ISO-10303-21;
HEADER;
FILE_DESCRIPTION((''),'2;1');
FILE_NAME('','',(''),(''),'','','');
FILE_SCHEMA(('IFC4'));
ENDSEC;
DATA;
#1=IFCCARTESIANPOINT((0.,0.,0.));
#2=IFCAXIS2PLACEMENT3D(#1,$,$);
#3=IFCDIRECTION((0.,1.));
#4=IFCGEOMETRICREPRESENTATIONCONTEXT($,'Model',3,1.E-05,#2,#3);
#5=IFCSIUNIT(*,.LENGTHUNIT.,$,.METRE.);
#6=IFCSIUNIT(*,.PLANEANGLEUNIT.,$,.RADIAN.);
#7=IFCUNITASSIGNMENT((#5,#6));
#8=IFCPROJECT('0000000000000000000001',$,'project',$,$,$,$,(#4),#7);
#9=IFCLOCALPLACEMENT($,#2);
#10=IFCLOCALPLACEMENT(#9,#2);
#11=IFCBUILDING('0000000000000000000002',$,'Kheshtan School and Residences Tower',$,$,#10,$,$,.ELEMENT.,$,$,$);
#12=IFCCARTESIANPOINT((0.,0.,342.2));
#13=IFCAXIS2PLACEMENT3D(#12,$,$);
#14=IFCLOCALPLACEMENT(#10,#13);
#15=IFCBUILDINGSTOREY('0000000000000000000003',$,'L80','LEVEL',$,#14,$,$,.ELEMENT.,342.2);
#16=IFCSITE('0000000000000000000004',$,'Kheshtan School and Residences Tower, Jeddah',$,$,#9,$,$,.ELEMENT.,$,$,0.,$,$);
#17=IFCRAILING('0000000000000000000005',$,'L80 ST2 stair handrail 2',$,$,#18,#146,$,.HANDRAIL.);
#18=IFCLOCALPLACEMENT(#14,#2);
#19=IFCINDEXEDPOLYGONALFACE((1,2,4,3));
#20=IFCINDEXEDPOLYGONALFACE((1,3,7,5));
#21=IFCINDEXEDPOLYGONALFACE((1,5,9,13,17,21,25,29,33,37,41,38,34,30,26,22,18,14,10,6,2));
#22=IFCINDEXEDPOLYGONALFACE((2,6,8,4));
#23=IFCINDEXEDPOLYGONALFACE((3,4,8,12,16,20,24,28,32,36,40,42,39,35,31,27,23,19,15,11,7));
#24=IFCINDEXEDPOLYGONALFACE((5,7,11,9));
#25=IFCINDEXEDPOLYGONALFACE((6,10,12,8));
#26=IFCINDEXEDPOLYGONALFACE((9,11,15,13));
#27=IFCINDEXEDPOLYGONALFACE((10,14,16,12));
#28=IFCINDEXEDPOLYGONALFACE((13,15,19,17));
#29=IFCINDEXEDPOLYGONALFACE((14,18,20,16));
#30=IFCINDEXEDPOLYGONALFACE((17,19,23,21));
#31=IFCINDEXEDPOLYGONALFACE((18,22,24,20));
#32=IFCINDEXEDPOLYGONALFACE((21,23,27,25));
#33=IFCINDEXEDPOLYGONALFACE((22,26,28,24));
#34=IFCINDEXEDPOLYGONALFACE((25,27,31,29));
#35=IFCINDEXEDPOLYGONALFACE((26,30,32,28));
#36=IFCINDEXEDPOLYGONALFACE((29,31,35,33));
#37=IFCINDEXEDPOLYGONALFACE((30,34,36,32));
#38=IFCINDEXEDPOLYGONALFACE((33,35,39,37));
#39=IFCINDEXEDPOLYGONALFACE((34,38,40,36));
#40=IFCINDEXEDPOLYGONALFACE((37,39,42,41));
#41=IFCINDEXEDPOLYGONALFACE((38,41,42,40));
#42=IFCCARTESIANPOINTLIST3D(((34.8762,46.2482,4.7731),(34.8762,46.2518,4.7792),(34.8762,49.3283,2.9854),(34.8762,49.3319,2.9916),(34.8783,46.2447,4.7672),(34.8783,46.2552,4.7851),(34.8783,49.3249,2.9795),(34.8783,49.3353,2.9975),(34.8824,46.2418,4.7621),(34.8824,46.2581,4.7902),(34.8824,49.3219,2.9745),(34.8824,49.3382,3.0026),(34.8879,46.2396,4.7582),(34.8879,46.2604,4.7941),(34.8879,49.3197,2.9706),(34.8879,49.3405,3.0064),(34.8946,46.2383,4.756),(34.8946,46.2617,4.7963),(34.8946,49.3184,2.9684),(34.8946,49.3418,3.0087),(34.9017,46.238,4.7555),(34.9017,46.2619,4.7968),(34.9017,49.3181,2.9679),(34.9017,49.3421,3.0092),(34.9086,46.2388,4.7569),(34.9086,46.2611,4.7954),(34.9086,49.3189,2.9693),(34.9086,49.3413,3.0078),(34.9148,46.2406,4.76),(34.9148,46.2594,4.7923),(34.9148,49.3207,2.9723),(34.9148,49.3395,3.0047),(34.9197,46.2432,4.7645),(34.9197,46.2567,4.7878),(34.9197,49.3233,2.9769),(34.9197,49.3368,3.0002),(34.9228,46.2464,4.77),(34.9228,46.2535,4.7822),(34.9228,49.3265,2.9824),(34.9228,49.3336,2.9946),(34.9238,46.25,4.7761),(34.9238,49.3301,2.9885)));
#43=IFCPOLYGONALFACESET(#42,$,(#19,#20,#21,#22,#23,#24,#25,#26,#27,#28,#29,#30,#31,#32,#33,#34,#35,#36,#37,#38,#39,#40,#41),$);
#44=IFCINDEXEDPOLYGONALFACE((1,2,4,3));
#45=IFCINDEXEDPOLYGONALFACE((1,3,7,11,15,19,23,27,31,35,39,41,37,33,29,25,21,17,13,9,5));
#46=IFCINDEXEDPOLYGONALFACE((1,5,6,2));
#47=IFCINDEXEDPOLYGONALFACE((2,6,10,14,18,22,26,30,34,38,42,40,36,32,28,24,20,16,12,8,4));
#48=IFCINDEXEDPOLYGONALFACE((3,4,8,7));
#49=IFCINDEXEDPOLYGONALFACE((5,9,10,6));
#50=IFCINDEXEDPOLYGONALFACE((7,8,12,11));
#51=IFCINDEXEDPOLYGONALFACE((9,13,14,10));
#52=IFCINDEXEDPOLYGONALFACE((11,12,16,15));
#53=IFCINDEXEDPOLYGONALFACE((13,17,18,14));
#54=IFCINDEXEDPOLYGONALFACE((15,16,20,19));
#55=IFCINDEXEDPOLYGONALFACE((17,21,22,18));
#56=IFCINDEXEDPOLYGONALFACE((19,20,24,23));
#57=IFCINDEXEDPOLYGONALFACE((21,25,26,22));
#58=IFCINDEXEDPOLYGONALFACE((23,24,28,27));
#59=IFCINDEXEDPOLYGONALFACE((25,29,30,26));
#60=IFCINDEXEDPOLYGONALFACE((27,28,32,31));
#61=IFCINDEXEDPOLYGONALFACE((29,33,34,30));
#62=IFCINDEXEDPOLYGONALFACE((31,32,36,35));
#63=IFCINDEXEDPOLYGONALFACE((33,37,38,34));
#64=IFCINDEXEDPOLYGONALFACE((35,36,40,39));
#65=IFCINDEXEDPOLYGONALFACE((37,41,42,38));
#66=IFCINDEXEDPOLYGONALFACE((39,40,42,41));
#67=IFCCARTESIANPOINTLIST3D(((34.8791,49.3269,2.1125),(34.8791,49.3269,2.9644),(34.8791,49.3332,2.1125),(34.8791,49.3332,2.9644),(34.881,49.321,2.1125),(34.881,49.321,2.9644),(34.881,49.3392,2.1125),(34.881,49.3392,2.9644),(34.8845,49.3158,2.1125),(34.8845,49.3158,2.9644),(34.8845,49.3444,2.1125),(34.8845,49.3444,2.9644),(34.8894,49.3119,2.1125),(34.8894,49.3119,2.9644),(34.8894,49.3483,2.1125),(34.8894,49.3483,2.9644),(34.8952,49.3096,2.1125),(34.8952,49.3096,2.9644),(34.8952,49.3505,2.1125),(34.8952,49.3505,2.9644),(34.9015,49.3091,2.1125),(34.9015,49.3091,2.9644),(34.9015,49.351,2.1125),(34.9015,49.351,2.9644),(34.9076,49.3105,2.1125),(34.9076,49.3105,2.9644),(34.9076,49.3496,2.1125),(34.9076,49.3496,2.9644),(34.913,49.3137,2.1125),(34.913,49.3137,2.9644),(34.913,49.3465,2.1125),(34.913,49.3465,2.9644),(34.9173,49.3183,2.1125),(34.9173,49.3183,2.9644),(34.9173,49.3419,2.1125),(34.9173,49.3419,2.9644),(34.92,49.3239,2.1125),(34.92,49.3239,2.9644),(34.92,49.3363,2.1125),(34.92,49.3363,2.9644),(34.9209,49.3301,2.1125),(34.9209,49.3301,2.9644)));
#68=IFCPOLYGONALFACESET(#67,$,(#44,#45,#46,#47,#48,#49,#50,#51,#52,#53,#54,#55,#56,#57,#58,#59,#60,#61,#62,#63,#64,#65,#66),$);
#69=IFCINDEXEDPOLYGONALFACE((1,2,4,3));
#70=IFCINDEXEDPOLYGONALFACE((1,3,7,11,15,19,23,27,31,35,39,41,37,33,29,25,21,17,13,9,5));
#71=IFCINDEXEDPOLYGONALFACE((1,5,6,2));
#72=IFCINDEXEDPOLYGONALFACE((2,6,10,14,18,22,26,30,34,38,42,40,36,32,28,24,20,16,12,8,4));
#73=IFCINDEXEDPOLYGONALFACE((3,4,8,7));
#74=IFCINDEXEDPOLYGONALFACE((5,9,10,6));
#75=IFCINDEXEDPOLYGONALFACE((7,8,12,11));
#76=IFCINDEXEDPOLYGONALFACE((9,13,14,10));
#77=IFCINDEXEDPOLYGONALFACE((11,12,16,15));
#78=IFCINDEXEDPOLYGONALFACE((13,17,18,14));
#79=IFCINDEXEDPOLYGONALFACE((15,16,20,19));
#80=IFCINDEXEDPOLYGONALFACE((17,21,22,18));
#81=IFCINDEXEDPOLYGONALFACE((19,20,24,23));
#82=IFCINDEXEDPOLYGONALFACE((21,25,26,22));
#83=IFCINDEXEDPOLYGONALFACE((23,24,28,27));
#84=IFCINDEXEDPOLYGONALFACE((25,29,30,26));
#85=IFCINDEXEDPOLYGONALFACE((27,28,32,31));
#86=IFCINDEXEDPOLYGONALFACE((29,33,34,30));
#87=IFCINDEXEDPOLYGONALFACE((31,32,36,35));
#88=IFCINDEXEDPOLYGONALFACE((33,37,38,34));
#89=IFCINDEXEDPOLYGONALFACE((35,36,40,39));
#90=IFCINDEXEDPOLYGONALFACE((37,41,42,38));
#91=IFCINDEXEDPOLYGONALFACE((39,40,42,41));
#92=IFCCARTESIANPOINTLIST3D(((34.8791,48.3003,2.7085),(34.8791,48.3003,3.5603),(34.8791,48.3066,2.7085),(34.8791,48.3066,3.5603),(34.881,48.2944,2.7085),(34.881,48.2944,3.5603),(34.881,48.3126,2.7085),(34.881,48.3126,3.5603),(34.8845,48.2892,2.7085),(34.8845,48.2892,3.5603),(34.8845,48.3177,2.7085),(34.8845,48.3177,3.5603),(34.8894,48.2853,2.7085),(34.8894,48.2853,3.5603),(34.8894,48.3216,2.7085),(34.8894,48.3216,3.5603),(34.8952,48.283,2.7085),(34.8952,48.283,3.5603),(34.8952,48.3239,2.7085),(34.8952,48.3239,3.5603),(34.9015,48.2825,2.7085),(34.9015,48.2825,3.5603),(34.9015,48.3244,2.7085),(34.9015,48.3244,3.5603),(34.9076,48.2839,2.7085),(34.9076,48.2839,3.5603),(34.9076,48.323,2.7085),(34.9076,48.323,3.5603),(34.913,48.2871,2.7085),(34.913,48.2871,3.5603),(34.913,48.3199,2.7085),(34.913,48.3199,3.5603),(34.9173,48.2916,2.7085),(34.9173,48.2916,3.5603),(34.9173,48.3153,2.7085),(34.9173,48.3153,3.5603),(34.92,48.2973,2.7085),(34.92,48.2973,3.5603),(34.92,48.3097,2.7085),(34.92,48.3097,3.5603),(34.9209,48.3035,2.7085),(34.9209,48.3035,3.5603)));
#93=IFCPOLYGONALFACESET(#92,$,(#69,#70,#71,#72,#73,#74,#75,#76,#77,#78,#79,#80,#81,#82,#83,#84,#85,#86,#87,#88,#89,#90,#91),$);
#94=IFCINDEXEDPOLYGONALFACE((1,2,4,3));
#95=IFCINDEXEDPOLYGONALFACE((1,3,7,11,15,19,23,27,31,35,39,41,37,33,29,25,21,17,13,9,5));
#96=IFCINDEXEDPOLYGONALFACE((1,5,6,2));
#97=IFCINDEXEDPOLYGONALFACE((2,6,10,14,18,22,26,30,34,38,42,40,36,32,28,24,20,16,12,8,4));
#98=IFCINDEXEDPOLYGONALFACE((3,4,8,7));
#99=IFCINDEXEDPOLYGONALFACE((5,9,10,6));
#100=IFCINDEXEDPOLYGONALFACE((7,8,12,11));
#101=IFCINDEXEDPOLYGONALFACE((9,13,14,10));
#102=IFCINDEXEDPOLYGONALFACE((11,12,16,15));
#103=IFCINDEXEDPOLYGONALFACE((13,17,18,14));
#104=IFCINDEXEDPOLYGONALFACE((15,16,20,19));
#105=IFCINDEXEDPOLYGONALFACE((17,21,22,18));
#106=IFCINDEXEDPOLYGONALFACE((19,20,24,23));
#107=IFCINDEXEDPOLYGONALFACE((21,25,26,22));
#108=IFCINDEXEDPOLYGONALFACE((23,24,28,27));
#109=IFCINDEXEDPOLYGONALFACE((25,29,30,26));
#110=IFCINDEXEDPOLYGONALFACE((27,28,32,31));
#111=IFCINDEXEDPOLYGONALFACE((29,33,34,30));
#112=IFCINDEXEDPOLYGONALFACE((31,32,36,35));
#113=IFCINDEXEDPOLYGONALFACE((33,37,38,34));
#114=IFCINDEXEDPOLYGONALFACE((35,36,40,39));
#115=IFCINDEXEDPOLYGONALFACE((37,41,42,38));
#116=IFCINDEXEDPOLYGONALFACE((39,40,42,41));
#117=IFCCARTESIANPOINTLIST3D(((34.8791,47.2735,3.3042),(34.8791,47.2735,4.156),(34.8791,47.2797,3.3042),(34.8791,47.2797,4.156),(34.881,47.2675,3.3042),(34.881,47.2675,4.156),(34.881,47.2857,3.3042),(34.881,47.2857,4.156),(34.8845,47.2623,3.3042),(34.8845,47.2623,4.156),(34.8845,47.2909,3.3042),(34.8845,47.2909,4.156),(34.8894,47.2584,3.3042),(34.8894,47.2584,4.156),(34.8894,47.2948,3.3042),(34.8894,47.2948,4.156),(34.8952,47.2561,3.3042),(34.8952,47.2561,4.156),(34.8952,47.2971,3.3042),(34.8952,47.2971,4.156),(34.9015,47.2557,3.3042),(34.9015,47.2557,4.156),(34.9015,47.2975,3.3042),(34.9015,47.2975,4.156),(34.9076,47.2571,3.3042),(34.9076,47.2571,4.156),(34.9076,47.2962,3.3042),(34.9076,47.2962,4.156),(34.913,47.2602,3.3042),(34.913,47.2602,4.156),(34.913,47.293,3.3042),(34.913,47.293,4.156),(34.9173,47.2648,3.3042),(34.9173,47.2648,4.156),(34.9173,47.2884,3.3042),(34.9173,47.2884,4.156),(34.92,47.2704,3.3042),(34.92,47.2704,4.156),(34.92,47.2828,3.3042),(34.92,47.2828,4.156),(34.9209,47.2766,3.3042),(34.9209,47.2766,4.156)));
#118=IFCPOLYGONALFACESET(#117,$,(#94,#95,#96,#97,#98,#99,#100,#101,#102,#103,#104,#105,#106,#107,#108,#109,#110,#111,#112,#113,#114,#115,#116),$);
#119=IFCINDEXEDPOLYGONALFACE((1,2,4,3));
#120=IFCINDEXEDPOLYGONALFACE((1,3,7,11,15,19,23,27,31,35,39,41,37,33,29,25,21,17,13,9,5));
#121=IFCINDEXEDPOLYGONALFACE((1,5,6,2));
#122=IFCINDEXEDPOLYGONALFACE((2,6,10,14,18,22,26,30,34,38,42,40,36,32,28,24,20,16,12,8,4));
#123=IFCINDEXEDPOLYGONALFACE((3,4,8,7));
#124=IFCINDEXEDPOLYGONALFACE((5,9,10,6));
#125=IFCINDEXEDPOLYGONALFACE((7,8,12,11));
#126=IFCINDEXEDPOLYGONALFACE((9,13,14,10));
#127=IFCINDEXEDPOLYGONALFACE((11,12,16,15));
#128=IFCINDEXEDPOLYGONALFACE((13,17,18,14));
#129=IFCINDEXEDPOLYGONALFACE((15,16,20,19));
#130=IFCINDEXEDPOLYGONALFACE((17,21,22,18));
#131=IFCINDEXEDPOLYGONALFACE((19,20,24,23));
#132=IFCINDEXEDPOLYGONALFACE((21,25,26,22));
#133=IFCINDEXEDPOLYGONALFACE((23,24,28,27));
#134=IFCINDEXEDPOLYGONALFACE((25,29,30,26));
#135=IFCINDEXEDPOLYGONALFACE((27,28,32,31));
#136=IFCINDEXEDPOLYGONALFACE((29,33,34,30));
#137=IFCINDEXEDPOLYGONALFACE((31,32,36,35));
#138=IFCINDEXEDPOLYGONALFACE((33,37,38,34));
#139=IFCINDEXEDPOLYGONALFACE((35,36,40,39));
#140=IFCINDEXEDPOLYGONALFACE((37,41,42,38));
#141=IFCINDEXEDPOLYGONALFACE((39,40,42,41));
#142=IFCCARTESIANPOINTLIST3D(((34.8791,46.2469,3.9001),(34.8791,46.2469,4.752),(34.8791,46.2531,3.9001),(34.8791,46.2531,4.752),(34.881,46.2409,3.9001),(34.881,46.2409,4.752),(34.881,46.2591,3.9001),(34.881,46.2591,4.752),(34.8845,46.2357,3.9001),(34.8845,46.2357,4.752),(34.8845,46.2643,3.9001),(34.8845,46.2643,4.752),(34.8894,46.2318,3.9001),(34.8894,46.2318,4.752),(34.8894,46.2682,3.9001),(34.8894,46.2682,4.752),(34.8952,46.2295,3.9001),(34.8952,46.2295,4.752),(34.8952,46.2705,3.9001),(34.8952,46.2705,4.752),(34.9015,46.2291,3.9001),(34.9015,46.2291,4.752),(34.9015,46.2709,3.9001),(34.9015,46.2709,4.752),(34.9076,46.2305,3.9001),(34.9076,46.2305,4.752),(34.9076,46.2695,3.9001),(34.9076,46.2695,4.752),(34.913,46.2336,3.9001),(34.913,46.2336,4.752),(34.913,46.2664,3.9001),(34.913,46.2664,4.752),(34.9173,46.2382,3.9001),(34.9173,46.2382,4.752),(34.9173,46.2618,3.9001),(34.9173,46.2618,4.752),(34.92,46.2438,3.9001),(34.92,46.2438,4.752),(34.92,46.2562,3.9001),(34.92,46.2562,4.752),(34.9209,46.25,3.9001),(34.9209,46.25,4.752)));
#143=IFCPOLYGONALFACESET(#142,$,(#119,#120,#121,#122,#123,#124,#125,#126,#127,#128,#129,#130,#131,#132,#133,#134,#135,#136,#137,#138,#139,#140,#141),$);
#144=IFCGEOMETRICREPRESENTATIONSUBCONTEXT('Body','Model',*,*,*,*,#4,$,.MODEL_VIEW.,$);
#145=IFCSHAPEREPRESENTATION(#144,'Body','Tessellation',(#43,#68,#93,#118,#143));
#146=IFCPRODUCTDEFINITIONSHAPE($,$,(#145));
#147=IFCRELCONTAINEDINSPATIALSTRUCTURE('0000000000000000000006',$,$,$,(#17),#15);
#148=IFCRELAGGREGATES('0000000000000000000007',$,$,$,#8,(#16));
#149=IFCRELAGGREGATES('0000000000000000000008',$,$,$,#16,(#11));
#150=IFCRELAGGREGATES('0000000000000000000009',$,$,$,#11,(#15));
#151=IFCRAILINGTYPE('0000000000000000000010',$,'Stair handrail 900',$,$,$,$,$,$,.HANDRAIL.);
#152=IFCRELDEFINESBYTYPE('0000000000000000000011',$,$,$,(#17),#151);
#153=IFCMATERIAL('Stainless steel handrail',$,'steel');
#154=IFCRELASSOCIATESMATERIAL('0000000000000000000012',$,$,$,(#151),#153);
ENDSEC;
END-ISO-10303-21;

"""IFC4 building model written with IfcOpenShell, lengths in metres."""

from ifc_helpers import new_model, si_unit, direction, frame, origin, origin_2d, place, context, subcontext, project, spatial, circle, extrude, material, type_object, element, save


model = new_model("IFC4")

# Units and contexts
model_context = context("Model", 3, precision=1e-05, world=origin(), true_north=direction((0.0, 1.0)))
body_context = subcontext(model_context, "Body", "Model", "MODEL_VIEW")
ifc_project = project(units=[si_unit("LENGTHUNIT", "METRE"), si_unit("PLANEANGLEUNIT", "RADIAN")], contexts=[model_context])

# Site, building, storey
site_placement = place(None, origin())
site = spatial("IfcSite", under=ifc_project, at=site_placement, Name="Kheshtan School and Residences Tower, Jeddah", CompositionType="ELEMENT", RefElevation=0.0)
building_placement = place(site_placement, origin())
building = spatial("IfcBuilding", under=site, at=building_placement, Name="Kheshtan School and Residences Tower", CompositionType="ELEMENT")
storey_placement = place(building_placement, frame((0.0, 0.0, 342.2)))
storey = spatial("IfcBuildingStorey", under=building, at=storey_placement, Name="L80", Description="LEVEL", CompositionType="ELEMENT", Elevation=342.2)

# Railing
ifc_material_1 = material(Name="Stainless steel handrail", Category="steel")
railing_type_1 = type_object("IfcRailingType", Name="Stair handrail 900", PredefinedType="HANDRAIL", material=ifc_material_1)
railing_1_placement = place(storey_placement, frame((34.8999, 49.3301, 2.1125)))
element("IfcRailing", 1, at=railing_1_placement, inside=storey, type_object=railing_type_1, Name="L80 ST2 stair handrail 2", PredefinedType="HANDRAIL", context=body_context, shape_type="SweptSolid", body=[
    extrude(circle(Radius=0.0239, at=origin_2d()), frame((0.0, 0.0, 0.876), z_axis=(0.0, -0.864891, 0.50196), x_axis=(1.0, 0.0, 0.0)), (0.0, 0.0, 1.0), 3.5613),
    extrude(circle(Radius=0.021, at=origin_2d()), origin(), (0.0, 0.0, 1.0), 0.8518),
    extrude(circle(Radius=0.021, at=origin_2d()), frame((0.0, -1.0266, 0.5959)), (0.0, 0.0, 1.0), 0.8518),
    extrude(circle(Radius=0.021, at=origin_2d()), frame((0.0, -2.0535, 1.1917)), (0.0, 0.0, 1.0), 0.8518),
    extrude(circle(Radius=0.021, at=origin_2d()), frame((0.0, -3.0801, 1.7876)), (0.0, 0.0, 1.0), 0.8518),
])

save(model, "model.ifc")
